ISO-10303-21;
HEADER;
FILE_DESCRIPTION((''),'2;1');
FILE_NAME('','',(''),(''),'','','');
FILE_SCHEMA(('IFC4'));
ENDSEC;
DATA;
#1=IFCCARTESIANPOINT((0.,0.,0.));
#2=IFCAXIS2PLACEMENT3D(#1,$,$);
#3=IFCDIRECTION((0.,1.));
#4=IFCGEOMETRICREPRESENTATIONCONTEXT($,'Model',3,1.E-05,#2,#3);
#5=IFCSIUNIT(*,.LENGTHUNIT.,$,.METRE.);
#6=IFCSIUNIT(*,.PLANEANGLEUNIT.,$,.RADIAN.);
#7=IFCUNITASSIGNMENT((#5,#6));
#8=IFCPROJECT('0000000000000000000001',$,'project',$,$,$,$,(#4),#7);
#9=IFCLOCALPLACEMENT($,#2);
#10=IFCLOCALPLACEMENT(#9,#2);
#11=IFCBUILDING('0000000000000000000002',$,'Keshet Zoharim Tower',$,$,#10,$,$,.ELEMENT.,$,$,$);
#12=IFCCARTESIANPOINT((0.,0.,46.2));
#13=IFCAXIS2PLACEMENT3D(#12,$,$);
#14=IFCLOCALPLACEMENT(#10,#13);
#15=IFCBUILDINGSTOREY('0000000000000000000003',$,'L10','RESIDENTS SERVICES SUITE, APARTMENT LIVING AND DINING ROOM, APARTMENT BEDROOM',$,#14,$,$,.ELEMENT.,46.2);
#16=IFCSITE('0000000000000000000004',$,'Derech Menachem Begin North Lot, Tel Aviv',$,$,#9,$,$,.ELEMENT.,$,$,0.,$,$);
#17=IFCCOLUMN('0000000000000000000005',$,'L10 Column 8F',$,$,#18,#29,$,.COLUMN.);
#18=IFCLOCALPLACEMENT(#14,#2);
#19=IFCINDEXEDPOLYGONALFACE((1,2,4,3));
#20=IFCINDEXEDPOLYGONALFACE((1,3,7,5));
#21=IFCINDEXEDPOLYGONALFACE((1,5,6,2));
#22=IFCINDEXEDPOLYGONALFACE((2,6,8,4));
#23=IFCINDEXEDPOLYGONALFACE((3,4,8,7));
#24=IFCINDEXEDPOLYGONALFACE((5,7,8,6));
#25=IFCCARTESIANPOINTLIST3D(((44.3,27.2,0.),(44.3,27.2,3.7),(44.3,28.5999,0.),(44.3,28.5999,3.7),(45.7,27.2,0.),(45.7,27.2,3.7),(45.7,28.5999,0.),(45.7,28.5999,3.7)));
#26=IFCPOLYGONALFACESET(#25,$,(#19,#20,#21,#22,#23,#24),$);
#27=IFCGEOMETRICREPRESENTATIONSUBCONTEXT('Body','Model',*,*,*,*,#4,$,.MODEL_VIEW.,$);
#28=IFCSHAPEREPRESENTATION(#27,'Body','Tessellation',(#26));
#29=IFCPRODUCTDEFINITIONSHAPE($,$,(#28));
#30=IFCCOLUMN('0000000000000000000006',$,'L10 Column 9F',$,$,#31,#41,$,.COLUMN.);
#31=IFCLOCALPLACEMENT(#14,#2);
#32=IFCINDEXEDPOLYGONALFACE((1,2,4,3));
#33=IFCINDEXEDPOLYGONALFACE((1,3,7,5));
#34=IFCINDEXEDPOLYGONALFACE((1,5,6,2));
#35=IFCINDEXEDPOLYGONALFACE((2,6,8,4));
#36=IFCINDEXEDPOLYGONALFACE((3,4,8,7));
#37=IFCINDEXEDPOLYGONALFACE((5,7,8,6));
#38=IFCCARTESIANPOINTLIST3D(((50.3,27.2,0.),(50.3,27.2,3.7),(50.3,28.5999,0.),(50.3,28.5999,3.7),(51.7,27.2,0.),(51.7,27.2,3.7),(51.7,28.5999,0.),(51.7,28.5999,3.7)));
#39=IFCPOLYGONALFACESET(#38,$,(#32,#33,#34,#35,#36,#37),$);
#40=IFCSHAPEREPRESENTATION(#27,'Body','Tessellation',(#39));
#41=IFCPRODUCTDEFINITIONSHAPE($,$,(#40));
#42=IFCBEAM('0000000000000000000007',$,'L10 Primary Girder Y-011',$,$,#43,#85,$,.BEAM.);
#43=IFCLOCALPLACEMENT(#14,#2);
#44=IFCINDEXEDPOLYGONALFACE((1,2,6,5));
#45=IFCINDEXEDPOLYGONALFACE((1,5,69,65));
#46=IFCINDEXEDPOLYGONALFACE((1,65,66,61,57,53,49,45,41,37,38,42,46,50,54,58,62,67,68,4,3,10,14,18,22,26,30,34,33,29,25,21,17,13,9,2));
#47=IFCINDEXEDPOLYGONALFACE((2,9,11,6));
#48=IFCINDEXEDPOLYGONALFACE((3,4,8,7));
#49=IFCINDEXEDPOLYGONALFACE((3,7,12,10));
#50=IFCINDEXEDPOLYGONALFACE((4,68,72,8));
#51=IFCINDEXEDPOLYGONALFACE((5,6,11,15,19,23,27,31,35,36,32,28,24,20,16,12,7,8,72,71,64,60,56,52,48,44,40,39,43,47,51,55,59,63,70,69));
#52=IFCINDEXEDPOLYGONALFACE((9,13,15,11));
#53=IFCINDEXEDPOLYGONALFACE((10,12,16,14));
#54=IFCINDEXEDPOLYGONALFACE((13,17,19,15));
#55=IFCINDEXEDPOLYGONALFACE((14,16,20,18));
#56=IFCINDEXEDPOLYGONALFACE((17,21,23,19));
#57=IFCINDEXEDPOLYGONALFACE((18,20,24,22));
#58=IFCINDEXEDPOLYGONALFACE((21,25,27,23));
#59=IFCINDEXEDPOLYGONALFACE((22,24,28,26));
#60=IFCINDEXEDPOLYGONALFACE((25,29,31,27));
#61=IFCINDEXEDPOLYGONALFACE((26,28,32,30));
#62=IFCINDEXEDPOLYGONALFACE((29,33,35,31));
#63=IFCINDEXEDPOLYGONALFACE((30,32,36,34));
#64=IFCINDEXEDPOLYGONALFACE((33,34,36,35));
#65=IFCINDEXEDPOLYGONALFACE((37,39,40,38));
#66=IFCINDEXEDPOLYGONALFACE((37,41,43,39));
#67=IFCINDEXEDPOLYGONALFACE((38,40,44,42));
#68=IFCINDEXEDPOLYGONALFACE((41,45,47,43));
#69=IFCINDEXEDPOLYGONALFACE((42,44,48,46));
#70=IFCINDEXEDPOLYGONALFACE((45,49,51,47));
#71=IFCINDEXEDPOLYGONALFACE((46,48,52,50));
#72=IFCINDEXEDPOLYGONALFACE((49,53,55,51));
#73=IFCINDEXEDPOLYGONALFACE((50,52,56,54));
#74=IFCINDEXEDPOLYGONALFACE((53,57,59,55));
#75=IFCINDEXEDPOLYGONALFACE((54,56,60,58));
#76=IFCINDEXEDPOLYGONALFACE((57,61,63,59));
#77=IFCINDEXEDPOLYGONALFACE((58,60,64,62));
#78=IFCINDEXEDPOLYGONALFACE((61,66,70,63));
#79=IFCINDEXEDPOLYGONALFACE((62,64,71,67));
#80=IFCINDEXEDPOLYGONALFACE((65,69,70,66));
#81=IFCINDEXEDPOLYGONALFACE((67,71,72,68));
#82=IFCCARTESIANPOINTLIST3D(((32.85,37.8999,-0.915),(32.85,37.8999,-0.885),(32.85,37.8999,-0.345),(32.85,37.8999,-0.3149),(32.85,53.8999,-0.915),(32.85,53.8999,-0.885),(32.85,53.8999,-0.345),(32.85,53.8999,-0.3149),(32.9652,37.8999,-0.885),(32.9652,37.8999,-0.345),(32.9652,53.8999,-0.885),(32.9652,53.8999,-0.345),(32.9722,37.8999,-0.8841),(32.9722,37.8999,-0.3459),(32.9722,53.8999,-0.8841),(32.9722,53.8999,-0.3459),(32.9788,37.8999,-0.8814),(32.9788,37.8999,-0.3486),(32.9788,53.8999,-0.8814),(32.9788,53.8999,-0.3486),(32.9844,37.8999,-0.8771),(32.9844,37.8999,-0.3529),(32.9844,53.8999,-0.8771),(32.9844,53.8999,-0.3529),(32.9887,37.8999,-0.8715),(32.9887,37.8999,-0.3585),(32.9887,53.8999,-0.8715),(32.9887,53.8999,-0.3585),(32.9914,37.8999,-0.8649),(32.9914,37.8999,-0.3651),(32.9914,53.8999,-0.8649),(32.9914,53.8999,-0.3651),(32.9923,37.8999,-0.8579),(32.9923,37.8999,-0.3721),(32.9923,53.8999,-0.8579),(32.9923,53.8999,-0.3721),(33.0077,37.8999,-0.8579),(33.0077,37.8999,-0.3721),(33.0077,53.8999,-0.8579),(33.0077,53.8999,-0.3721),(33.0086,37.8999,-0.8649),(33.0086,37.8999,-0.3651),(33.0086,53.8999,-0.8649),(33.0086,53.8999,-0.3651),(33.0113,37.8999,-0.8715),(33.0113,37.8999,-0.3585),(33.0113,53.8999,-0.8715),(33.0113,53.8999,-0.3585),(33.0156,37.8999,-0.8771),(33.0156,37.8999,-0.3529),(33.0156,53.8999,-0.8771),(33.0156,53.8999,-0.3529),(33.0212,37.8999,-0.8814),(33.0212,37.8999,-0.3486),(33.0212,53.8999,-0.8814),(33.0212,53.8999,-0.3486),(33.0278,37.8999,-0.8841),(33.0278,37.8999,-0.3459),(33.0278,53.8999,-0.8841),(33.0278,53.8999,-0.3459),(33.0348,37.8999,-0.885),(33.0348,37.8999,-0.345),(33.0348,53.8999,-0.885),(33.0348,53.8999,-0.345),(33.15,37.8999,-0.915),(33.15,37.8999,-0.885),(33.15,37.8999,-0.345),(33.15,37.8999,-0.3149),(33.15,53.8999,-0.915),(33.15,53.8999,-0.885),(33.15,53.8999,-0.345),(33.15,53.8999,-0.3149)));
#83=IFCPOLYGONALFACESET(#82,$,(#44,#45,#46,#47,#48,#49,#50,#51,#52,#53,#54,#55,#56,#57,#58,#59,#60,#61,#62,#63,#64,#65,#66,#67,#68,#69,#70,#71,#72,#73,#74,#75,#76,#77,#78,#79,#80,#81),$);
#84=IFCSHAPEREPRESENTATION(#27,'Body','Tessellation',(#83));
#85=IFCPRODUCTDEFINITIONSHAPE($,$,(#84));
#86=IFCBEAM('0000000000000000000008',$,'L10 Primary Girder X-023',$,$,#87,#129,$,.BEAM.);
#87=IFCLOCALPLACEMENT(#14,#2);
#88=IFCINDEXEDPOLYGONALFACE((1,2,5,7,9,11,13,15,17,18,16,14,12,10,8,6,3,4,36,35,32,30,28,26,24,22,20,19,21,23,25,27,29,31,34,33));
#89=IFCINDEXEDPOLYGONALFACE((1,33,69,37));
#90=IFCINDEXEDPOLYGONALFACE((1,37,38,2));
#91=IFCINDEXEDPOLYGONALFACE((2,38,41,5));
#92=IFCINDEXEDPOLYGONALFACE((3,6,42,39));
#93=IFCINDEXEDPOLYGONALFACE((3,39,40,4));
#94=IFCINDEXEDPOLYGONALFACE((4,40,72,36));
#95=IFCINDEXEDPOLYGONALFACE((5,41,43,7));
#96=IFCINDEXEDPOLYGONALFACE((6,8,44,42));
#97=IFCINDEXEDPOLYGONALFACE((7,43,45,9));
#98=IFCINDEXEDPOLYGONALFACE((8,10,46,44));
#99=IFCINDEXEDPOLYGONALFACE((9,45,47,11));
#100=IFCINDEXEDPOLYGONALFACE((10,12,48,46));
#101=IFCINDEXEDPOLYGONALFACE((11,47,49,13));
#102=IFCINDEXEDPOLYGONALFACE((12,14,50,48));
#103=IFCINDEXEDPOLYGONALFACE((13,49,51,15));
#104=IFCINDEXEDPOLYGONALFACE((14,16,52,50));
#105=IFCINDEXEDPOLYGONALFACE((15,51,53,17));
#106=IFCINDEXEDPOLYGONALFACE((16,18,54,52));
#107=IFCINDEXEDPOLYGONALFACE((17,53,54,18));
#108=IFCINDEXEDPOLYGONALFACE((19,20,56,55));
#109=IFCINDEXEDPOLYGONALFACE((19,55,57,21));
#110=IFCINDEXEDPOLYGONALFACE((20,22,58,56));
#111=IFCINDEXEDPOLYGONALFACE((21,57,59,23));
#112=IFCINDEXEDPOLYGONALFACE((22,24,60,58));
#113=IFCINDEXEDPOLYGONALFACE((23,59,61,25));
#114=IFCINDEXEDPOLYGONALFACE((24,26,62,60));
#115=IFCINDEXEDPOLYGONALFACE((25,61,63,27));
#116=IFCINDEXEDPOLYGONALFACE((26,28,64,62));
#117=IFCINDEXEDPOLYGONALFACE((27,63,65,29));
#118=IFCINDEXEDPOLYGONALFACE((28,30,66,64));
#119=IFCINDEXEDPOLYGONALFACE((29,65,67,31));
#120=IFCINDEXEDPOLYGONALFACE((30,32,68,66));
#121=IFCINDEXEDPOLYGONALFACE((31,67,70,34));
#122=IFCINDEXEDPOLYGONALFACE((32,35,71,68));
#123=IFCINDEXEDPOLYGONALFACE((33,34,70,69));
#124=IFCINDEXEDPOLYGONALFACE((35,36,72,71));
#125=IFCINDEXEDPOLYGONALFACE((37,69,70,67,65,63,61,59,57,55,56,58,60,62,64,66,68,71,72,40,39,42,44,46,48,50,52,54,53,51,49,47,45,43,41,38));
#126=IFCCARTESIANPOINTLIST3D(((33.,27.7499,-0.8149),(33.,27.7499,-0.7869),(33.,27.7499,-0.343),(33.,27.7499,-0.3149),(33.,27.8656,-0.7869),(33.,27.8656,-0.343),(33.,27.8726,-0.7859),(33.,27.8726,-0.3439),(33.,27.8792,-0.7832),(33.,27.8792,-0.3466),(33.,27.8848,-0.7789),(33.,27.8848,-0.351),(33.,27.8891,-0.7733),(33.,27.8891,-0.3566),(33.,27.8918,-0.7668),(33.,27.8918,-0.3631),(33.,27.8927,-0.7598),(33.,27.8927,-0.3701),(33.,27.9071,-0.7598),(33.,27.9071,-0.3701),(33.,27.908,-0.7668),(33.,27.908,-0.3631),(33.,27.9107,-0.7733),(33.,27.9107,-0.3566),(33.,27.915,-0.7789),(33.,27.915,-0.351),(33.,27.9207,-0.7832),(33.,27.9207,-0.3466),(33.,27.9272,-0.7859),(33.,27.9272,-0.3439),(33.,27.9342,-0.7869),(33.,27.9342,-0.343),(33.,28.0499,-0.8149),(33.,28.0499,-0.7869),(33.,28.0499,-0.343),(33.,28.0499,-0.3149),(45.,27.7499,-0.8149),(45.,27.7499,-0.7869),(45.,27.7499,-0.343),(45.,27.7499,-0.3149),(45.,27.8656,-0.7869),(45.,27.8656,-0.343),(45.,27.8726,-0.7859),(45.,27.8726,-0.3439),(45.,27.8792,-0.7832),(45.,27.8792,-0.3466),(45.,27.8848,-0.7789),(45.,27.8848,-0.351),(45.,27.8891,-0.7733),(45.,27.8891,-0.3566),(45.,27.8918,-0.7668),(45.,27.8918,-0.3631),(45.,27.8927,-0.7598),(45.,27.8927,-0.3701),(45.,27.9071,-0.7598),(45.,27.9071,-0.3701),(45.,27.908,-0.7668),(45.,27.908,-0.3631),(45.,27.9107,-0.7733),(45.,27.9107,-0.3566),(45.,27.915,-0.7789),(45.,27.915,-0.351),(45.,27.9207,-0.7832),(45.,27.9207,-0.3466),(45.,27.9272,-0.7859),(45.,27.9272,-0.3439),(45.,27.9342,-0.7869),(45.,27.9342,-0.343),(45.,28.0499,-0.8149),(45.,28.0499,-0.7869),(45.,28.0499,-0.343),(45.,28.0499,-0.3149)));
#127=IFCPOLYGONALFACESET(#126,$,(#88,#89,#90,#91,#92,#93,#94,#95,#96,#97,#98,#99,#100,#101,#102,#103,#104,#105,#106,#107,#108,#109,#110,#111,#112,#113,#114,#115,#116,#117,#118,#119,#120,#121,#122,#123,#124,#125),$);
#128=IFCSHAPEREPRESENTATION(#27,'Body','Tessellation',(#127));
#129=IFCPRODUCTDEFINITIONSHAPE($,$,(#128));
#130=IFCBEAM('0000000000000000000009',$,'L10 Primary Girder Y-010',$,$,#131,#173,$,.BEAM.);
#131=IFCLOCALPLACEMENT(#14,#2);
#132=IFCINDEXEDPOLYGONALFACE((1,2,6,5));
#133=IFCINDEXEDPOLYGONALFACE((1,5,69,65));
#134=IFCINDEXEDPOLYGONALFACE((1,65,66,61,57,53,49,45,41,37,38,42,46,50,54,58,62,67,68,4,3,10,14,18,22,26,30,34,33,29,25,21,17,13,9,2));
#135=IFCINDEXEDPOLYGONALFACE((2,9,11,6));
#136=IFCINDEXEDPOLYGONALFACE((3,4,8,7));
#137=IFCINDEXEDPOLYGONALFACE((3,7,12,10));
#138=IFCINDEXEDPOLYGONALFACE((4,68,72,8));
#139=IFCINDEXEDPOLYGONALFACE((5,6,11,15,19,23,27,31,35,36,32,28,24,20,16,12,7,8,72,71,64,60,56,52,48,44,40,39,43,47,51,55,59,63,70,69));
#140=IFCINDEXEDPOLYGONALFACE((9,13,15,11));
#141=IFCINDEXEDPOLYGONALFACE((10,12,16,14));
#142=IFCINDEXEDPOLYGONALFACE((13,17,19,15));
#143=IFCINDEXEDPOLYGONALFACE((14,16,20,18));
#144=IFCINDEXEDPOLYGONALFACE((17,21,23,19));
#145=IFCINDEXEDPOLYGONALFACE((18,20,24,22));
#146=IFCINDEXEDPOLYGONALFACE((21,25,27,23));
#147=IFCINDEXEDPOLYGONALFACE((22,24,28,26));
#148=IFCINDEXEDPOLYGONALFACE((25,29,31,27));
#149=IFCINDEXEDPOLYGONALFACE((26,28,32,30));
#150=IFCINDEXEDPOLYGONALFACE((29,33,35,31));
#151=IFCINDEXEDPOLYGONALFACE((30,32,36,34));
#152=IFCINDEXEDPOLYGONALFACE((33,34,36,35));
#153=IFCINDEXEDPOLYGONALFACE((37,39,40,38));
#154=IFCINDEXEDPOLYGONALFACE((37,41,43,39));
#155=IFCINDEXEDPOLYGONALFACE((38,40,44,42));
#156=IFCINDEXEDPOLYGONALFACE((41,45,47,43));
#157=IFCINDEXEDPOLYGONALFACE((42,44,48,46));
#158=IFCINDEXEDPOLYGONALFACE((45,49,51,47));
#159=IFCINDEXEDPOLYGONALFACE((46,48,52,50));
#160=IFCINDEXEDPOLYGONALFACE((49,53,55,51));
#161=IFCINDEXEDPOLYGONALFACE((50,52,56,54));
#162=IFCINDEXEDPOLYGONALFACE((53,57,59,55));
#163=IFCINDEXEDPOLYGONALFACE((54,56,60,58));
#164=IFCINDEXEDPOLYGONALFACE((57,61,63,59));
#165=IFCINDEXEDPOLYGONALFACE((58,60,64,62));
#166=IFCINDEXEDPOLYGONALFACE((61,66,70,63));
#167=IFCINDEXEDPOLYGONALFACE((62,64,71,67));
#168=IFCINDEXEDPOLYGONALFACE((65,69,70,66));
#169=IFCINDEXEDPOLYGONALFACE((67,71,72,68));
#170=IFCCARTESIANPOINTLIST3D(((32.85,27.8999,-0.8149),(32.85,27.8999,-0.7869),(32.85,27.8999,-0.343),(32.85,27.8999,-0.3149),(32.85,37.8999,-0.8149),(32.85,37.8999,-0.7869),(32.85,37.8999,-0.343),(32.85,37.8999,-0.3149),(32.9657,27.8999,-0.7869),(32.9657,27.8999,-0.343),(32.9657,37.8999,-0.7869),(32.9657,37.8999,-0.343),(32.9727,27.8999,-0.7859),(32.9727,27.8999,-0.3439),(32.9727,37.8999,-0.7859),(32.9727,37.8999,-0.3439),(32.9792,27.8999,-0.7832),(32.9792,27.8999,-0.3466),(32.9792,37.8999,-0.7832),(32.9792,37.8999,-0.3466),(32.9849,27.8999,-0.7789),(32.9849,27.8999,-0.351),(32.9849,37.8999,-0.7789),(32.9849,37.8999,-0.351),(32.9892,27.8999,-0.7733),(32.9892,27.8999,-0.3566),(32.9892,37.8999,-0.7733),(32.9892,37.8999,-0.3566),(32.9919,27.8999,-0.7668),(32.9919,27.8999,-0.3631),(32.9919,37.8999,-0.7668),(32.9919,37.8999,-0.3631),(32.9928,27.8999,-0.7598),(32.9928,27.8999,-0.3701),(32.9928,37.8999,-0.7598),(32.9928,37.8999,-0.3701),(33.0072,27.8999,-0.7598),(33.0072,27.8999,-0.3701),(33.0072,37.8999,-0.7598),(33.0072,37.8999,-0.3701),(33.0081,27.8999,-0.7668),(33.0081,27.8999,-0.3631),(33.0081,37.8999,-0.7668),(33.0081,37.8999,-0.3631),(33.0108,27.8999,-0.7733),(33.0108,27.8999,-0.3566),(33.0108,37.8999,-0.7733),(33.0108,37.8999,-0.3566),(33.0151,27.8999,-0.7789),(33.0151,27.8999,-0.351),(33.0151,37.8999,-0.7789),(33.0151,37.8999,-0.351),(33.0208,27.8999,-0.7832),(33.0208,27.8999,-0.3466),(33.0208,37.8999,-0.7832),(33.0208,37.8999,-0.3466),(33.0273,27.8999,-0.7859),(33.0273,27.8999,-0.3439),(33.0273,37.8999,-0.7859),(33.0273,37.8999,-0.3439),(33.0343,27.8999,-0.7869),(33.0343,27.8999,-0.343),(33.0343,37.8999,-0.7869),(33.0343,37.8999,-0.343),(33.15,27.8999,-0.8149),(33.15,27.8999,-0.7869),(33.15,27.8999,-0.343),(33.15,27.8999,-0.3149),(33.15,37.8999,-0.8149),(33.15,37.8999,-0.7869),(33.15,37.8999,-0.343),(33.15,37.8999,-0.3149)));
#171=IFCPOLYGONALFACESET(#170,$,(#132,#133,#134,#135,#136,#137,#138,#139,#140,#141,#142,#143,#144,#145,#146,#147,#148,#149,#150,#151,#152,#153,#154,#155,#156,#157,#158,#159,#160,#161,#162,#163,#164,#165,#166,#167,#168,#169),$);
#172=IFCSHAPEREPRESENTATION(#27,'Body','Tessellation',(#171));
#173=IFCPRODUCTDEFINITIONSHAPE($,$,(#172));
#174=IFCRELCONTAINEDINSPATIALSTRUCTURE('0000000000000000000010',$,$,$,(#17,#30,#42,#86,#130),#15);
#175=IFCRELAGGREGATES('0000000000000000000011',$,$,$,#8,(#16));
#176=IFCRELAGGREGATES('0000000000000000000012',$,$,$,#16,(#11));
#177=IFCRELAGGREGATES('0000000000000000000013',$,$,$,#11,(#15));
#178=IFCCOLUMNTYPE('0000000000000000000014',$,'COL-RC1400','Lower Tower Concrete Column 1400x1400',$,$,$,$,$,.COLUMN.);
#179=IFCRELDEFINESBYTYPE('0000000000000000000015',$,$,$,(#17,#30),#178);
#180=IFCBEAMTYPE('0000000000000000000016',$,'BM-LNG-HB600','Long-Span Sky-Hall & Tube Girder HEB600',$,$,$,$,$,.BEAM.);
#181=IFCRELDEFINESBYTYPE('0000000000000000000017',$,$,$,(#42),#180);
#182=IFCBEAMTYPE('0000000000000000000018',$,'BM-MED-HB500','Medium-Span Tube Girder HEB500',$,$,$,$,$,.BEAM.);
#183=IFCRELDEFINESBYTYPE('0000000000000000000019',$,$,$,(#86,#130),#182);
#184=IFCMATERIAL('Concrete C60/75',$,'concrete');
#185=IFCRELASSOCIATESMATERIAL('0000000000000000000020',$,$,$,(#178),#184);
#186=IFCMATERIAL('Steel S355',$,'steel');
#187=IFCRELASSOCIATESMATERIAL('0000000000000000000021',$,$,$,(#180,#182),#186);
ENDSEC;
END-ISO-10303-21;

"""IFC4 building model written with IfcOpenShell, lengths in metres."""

from ifc_helpers import new_model, si_unit, direction, frame, origin, origin_2d, place, context, subcontext, project, spatial, rectangle, i_section, extrude, material, material_profile, profile_set, type_object, element, save


model = new_model("IFC4")

# Units and contexts
model_context = context("Model", 3, precision=1e-05, world=origin(), true_north=direction((0.0, 1.0)))
body_context = subcontext(model_context, "Body", "Model", "MODEL_VIEW")
ifc_project = project(units=[si_unit("LENGTHUNIT", "METRE"), si_unit("PLANEANGLEUNIT", "RADIAN")], contexts=[model_context])

# Site, building, storey
site_placement = place(None, origin())
site = spatial("IfcSite", under=ifc_project, at=site_placement, Name="Derech Menachem Begin North Lot, Tel Aviv", CompositionType="ELEMENT", RefElevation=0.0)
building_placement = place(site_placement, origin())
building = spatial("IfcBuilding", under=site, at=building_placement, Name="Keshet Zoharim Tower", CompositionType="ELEMENT")
storey_placement = place(building_placement, frame((0.0, 0.0, 46.2)))
storey = spatial("IfcBuildingStorey", under=building, at=storey_placement, Name="L10", Description="RESIDENTS SERVICES SUITE, APARTMENT LIVING AND DINING ROOM, APARTMENT BEDROOM", CompositionType="ELEMENT", Elevation=46.2)

# Columns
ifc_material_1 = material(Name="Concrete C60/75", Category="concrete")
ifc_material_profile_1 = material_profile(ifc_material_1, rectangle(XDim=1.3999, YDim=1.3999, at=origin_2d()), Name="RC1400x1400")
ifc_profile_set_1 = profile_set([ifc_material_profile_1], Name="Concrete C60/75")
column_type = type_object("IfcColumnType", Name="COL-RC1400", Description="Lower Tower Concrete Column 1400x1400", PredefinedType="COLUMN", material=ifc_profile_set_1)
for number, where, z_axis, x_axis, name in (
    (1, (45.0, 27.8999, 0.0), (0.0, 0.0, 1.0), (1.0, 0.0, 0.0), "L10 Column 8F"),
    (2, (51.0, 27.8999, 0.0), (0.0, 0.0, 1.0), (1.0, 0.0, 0.0), "L10 Column 9F"),
):
    element("IfcColumn", number, at=place(storey_placement, frame(where, z_axis=z_axis, x_axis=x_axis)), inside=storey, type_object=column_type, Name=name, PredefinedType="COLUMN", context=body_context, shape_type="SweptSolid", body=[
        extrude(rectangle(XDim=1.3999, YDim=1.3999, at=origin_2d()), origin(), (0.0, 0.0, 1.0), 3.7),
    ])

# Beams
ifc_material_2 = material(Name="Steel S355", Category="steel")
ifc_material_profile_2 = material_profile(ifc_material_2, i_section(OverallWidth=0.3, OverallDepth=0.6001, WebThickness=0.0154, FlangeThickness=0.03, FilletRadius=0.0271, at=origin_2d()), Name="HEB600")
ifc_profile_set_2 = profile_set([ifc_material_profile_2], Name="Steel S355")
beam_type_1 = type_object("IfcBeamType", Name="BM-LNG-HB600", Description="Long-Span Sky-Hall & Tube Girder HEB600", PredefinedType="BEAM", material=ifc_profile_set_2)
beam_1_placement = place(storey_placement, frame((33.0, 37.8999, -0.615), z_axis=(0.0, 1.0, 0.0), x_axis=(-1.0, 0.0, 0.0)))
element("IfcBeam", 3, at=beam_1_placement, inside=storey, type_object=beam_type_1, Name="L10 Primary Girder Y-011", PredefinedType="BEAM", context=body_context, shape_type="SweptSolid", body=[
    extrude(i_section(OverallWidth=0.3, OverallDepth=0.6001, WebThickness=0.0154, FlangeThickness=0.03, FilletRadius=0.0271, at=origin_2d()), origin(), (0.0, 0.0, 1.0), 16.0),
])
ifc_material_profile_3 = material_profile(ifc_material_2, i_section(OverallWidth=0.3, OverallDepth=0.5, WebThickness=0.0144, FlangeThickness=0.0281, FilletRadius=0.0271, at=origin_2d()), Name="HEB500")
ifc_profile_set_3 = profile_set([ifc_material_profile_3], Name="Steel S355")
beam_type_2 = type_object("IfcBeamType", Name="BM-MED-HB500", Description="Medium-Span Tube Girder HEB500", PredefinedType="BEAM", material=ifc_profile_set_3)
beam_2_placement = place(storey_placement, frame((33.0, 27.8999, -0.5649), z_axis=(1.0, 0.0, 0.0), x_axis=(0.0, 1.0, 0.0)))
element("IfcBeam", 4, at=beam_2_placement, inside=storey, type_object=beam_type_2, Name="L10 Primary Girder X-023", PredefinedType="BEAM", context=body_context, shape_type="SweptSolid", body=[
    extrude(i_section(OverallWidth=0.3, OverallDepth=0.5, WebThickness=0.0144, FlangeThickness=0.0281, FilletRadius=0.0271, at=origin_2d()), origin(), (0.0, 0.0, 1.0), 12.0),
])
beam_3_placement = place(storey_placement, frame((33.0, 27.8999, -0.5649), z_axis=(0.0, 1.0, 0.0), x_axis=(-1.0, 0.0, 0.0)))
element("IfcBeam", 5, at=beam_3_placement, inside=storey, type_object=beam_type_2, Name="L10 Primary Girder Y-010", PredefinedType="BEAM", context=body_context, shape_type="SweptSolid", body=[
    extrude(i_section(OverallWidth=0.3, OverallDepth=0.5, WebThickness=0.0144, FlangeThickness=0.0281, FilletRadius=0.0271, at=origin_2d()), origin(), (0.0, 0.0, 1.0), 10.0),
])

save(model, "model.ifc")
